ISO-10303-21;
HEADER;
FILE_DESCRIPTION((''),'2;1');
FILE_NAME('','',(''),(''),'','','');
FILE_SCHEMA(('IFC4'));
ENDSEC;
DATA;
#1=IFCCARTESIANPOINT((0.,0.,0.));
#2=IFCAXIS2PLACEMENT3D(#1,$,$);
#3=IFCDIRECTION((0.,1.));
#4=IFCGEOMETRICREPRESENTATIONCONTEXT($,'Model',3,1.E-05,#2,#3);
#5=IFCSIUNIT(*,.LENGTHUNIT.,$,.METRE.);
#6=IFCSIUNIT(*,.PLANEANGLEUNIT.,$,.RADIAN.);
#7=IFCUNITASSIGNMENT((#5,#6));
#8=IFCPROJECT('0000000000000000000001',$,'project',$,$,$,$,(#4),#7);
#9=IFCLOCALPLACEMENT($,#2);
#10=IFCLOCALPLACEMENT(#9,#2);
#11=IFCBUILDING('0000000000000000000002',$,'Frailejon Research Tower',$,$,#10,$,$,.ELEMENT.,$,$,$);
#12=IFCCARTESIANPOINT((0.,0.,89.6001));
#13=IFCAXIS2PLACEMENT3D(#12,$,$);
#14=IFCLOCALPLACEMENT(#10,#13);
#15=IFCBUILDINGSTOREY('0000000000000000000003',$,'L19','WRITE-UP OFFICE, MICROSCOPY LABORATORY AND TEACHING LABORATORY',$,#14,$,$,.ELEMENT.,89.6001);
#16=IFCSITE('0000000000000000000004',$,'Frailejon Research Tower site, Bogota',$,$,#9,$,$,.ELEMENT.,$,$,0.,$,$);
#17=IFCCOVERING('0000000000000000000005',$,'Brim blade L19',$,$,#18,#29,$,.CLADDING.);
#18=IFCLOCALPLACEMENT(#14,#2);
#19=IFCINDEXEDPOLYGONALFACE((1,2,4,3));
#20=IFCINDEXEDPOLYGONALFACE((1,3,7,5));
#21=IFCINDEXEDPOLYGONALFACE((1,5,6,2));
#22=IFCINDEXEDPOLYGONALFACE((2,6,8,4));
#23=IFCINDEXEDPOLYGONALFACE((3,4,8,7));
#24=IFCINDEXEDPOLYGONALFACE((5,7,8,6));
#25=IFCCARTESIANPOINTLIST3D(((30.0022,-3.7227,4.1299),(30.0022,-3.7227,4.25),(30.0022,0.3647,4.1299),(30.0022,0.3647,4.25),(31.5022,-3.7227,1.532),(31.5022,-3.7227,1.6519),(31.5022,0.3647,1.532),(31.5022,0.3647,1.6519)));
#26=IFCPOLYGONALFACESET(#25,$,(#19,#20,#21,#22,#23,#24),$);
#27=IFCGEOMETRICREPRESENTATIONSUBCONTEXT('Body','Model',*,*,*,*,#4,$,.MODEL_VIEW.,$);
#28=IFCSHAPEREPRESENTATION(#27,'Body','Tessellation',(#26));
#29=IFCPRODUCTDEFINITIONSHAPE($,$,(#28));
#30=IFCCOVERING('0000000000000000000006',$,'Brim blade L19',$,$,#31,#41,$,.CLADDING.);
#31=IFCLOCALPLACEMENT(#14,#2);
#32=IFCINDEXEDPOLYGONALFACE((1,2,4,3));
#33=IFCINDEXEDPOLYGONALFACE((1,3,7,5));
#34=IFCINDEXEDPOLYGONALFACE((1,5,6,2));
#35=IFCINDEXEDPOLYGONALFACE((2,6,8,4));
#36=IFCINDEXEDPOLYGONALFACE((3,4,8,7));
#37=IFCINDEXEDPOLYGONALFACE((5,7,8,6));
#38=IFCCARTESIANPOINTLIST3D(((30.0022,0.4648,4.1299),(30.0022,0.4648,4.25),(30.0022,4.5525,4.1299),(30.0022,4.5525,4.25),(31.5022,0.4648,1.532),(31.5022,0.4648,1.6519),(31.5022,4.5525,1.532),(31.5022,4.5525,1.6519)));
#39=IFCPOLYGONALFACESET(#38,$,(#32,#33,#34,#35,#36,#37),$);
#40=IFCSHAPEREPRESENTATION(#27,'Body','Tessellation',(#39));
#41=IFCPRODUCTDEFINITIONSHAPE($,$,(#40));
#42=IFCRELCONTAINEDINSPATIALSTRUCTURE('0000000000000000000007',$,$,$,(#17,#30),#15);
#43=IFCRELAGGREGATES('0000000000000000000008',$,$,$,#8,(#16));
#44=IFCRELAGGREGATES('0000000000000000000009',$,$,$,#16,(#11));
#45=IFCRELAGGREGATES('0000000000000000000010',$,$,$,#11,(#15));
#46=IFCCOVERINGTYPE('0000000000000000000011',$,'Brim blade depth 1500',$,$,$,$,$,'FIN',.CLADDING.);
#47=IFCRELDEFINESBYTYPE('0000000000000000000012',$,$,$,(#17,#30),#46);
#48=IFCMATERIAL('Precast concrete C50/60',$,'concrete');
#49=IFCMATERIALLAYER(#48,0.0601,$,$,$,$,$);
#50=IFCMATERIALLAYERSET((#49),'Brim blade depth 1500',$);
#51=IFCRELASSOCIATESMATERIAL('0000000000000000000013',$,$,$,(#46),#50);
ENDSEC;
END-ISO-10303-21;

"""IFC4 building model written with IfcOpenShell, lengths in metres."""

from ifc_helpers import new_model, si_unit, direction, frame, origin, place, context, subcontext, project, spatial, polyline, outline, extrude, material, layer, layer_set, type_object, element, save


model = new_model("IFC4")

# Units and contexts
model_context = context("Model", 3, precision=1e-05, world=origin(), true_north=direction((0.0, 1.0)))
body_context = subcontext(model_context, "Body", "Model", "MODEL_VIEW")
ifc_project = project(units=[si_unit("LENGTHUNIT", "METRE"), si_unit("PLANEANGLEUNIT", "RADIAN")], contexts=[model_context])

# Site, building, storey
site_placement = place(None, origin())
site = spatial("IfcSite", under=ifc_project, at=site_placement, Name="Frailejon Research Tower site, Bogota", CompositionType="ELEMENT", RefElevation=0.0)
building_placement = place(site_placement, origin())
building = spatial("IfcBuilding", under=site, at=building_placement, Name="Frailejon Research Tower", CompositionType="ELEMENT")
storey_placement = place(building_placement, frame((0.0, 0.0, 89.6001)))
storey = spatial("IfcBuildingStorey", under=building, at=storey_placement, Name="L19", Description="WRITE-UP OFFICE, MICROSCOPY LABORATORY AND TEACHING LABORATORY", CompositionType="ELEMENT", Elevation=89.6001)

# Coverings
ifc_material_1 = material(Name="Precast concrete C50/60", Category="concrete")
ifc_layer_1 = layer(ifc_material_1, 0.0601)
ifc_layer_set_1 = layer_set([ifc_layer_1], Name="Brim blade depth 1500")
covering_type_1 = type_object("IfcCoveringType", Name="Brim blade depth 1500", ElementType="FIN", PredefinedType="CLADDING", material=ifc_layer_set_1)
covering_1_placement = place(storey_placement, frame((30.0022, 0.3647, 4.25), z_axis=(0.0, -1.0, 0.0), x_axis=(1.0, 0.0, 0.0)))
element("IfcCovering", 1, at=covering_1_placement, inside=storey, type_object=covering_type_1, Name="Brim blade L19", PredefinedType="CLADDING", context=body_context, shape_type="SweptSolid", body=[
    extrude(outline(polyline([(0.0, -0.1201), (1.5, -2.718), (1.5, -2.5981), (0.0, 0.0), (0.0, -0.1201)])), origin(), (0.0, 0.0, 1.0), 4.0874),
])
covering_2_placement = place(storey_placement, frame((30.0022, 4.5525, 4.25), z_axis=(0.0, -1.0, 0.0), x_axis=(1.0, 0.0, 0.0)))
element("IfcCovering", 2, at=covering_2_placement, inside=storey, type_object=covering_type_1, Name="Brim blade L19", PredefinedType="CLADDING", context=body_context, shape_type="SweptSolid", body=[
    extrude(outline(polyline([(0.0, -0.1201), (1.5, -2.718), (1.5, -2.5981), (0.0, 0.0), (0.0, -0.1201)])), origin(), (0.0, 0.0, 1.0), 4.0876),
])

save(model, "model.ifc")
